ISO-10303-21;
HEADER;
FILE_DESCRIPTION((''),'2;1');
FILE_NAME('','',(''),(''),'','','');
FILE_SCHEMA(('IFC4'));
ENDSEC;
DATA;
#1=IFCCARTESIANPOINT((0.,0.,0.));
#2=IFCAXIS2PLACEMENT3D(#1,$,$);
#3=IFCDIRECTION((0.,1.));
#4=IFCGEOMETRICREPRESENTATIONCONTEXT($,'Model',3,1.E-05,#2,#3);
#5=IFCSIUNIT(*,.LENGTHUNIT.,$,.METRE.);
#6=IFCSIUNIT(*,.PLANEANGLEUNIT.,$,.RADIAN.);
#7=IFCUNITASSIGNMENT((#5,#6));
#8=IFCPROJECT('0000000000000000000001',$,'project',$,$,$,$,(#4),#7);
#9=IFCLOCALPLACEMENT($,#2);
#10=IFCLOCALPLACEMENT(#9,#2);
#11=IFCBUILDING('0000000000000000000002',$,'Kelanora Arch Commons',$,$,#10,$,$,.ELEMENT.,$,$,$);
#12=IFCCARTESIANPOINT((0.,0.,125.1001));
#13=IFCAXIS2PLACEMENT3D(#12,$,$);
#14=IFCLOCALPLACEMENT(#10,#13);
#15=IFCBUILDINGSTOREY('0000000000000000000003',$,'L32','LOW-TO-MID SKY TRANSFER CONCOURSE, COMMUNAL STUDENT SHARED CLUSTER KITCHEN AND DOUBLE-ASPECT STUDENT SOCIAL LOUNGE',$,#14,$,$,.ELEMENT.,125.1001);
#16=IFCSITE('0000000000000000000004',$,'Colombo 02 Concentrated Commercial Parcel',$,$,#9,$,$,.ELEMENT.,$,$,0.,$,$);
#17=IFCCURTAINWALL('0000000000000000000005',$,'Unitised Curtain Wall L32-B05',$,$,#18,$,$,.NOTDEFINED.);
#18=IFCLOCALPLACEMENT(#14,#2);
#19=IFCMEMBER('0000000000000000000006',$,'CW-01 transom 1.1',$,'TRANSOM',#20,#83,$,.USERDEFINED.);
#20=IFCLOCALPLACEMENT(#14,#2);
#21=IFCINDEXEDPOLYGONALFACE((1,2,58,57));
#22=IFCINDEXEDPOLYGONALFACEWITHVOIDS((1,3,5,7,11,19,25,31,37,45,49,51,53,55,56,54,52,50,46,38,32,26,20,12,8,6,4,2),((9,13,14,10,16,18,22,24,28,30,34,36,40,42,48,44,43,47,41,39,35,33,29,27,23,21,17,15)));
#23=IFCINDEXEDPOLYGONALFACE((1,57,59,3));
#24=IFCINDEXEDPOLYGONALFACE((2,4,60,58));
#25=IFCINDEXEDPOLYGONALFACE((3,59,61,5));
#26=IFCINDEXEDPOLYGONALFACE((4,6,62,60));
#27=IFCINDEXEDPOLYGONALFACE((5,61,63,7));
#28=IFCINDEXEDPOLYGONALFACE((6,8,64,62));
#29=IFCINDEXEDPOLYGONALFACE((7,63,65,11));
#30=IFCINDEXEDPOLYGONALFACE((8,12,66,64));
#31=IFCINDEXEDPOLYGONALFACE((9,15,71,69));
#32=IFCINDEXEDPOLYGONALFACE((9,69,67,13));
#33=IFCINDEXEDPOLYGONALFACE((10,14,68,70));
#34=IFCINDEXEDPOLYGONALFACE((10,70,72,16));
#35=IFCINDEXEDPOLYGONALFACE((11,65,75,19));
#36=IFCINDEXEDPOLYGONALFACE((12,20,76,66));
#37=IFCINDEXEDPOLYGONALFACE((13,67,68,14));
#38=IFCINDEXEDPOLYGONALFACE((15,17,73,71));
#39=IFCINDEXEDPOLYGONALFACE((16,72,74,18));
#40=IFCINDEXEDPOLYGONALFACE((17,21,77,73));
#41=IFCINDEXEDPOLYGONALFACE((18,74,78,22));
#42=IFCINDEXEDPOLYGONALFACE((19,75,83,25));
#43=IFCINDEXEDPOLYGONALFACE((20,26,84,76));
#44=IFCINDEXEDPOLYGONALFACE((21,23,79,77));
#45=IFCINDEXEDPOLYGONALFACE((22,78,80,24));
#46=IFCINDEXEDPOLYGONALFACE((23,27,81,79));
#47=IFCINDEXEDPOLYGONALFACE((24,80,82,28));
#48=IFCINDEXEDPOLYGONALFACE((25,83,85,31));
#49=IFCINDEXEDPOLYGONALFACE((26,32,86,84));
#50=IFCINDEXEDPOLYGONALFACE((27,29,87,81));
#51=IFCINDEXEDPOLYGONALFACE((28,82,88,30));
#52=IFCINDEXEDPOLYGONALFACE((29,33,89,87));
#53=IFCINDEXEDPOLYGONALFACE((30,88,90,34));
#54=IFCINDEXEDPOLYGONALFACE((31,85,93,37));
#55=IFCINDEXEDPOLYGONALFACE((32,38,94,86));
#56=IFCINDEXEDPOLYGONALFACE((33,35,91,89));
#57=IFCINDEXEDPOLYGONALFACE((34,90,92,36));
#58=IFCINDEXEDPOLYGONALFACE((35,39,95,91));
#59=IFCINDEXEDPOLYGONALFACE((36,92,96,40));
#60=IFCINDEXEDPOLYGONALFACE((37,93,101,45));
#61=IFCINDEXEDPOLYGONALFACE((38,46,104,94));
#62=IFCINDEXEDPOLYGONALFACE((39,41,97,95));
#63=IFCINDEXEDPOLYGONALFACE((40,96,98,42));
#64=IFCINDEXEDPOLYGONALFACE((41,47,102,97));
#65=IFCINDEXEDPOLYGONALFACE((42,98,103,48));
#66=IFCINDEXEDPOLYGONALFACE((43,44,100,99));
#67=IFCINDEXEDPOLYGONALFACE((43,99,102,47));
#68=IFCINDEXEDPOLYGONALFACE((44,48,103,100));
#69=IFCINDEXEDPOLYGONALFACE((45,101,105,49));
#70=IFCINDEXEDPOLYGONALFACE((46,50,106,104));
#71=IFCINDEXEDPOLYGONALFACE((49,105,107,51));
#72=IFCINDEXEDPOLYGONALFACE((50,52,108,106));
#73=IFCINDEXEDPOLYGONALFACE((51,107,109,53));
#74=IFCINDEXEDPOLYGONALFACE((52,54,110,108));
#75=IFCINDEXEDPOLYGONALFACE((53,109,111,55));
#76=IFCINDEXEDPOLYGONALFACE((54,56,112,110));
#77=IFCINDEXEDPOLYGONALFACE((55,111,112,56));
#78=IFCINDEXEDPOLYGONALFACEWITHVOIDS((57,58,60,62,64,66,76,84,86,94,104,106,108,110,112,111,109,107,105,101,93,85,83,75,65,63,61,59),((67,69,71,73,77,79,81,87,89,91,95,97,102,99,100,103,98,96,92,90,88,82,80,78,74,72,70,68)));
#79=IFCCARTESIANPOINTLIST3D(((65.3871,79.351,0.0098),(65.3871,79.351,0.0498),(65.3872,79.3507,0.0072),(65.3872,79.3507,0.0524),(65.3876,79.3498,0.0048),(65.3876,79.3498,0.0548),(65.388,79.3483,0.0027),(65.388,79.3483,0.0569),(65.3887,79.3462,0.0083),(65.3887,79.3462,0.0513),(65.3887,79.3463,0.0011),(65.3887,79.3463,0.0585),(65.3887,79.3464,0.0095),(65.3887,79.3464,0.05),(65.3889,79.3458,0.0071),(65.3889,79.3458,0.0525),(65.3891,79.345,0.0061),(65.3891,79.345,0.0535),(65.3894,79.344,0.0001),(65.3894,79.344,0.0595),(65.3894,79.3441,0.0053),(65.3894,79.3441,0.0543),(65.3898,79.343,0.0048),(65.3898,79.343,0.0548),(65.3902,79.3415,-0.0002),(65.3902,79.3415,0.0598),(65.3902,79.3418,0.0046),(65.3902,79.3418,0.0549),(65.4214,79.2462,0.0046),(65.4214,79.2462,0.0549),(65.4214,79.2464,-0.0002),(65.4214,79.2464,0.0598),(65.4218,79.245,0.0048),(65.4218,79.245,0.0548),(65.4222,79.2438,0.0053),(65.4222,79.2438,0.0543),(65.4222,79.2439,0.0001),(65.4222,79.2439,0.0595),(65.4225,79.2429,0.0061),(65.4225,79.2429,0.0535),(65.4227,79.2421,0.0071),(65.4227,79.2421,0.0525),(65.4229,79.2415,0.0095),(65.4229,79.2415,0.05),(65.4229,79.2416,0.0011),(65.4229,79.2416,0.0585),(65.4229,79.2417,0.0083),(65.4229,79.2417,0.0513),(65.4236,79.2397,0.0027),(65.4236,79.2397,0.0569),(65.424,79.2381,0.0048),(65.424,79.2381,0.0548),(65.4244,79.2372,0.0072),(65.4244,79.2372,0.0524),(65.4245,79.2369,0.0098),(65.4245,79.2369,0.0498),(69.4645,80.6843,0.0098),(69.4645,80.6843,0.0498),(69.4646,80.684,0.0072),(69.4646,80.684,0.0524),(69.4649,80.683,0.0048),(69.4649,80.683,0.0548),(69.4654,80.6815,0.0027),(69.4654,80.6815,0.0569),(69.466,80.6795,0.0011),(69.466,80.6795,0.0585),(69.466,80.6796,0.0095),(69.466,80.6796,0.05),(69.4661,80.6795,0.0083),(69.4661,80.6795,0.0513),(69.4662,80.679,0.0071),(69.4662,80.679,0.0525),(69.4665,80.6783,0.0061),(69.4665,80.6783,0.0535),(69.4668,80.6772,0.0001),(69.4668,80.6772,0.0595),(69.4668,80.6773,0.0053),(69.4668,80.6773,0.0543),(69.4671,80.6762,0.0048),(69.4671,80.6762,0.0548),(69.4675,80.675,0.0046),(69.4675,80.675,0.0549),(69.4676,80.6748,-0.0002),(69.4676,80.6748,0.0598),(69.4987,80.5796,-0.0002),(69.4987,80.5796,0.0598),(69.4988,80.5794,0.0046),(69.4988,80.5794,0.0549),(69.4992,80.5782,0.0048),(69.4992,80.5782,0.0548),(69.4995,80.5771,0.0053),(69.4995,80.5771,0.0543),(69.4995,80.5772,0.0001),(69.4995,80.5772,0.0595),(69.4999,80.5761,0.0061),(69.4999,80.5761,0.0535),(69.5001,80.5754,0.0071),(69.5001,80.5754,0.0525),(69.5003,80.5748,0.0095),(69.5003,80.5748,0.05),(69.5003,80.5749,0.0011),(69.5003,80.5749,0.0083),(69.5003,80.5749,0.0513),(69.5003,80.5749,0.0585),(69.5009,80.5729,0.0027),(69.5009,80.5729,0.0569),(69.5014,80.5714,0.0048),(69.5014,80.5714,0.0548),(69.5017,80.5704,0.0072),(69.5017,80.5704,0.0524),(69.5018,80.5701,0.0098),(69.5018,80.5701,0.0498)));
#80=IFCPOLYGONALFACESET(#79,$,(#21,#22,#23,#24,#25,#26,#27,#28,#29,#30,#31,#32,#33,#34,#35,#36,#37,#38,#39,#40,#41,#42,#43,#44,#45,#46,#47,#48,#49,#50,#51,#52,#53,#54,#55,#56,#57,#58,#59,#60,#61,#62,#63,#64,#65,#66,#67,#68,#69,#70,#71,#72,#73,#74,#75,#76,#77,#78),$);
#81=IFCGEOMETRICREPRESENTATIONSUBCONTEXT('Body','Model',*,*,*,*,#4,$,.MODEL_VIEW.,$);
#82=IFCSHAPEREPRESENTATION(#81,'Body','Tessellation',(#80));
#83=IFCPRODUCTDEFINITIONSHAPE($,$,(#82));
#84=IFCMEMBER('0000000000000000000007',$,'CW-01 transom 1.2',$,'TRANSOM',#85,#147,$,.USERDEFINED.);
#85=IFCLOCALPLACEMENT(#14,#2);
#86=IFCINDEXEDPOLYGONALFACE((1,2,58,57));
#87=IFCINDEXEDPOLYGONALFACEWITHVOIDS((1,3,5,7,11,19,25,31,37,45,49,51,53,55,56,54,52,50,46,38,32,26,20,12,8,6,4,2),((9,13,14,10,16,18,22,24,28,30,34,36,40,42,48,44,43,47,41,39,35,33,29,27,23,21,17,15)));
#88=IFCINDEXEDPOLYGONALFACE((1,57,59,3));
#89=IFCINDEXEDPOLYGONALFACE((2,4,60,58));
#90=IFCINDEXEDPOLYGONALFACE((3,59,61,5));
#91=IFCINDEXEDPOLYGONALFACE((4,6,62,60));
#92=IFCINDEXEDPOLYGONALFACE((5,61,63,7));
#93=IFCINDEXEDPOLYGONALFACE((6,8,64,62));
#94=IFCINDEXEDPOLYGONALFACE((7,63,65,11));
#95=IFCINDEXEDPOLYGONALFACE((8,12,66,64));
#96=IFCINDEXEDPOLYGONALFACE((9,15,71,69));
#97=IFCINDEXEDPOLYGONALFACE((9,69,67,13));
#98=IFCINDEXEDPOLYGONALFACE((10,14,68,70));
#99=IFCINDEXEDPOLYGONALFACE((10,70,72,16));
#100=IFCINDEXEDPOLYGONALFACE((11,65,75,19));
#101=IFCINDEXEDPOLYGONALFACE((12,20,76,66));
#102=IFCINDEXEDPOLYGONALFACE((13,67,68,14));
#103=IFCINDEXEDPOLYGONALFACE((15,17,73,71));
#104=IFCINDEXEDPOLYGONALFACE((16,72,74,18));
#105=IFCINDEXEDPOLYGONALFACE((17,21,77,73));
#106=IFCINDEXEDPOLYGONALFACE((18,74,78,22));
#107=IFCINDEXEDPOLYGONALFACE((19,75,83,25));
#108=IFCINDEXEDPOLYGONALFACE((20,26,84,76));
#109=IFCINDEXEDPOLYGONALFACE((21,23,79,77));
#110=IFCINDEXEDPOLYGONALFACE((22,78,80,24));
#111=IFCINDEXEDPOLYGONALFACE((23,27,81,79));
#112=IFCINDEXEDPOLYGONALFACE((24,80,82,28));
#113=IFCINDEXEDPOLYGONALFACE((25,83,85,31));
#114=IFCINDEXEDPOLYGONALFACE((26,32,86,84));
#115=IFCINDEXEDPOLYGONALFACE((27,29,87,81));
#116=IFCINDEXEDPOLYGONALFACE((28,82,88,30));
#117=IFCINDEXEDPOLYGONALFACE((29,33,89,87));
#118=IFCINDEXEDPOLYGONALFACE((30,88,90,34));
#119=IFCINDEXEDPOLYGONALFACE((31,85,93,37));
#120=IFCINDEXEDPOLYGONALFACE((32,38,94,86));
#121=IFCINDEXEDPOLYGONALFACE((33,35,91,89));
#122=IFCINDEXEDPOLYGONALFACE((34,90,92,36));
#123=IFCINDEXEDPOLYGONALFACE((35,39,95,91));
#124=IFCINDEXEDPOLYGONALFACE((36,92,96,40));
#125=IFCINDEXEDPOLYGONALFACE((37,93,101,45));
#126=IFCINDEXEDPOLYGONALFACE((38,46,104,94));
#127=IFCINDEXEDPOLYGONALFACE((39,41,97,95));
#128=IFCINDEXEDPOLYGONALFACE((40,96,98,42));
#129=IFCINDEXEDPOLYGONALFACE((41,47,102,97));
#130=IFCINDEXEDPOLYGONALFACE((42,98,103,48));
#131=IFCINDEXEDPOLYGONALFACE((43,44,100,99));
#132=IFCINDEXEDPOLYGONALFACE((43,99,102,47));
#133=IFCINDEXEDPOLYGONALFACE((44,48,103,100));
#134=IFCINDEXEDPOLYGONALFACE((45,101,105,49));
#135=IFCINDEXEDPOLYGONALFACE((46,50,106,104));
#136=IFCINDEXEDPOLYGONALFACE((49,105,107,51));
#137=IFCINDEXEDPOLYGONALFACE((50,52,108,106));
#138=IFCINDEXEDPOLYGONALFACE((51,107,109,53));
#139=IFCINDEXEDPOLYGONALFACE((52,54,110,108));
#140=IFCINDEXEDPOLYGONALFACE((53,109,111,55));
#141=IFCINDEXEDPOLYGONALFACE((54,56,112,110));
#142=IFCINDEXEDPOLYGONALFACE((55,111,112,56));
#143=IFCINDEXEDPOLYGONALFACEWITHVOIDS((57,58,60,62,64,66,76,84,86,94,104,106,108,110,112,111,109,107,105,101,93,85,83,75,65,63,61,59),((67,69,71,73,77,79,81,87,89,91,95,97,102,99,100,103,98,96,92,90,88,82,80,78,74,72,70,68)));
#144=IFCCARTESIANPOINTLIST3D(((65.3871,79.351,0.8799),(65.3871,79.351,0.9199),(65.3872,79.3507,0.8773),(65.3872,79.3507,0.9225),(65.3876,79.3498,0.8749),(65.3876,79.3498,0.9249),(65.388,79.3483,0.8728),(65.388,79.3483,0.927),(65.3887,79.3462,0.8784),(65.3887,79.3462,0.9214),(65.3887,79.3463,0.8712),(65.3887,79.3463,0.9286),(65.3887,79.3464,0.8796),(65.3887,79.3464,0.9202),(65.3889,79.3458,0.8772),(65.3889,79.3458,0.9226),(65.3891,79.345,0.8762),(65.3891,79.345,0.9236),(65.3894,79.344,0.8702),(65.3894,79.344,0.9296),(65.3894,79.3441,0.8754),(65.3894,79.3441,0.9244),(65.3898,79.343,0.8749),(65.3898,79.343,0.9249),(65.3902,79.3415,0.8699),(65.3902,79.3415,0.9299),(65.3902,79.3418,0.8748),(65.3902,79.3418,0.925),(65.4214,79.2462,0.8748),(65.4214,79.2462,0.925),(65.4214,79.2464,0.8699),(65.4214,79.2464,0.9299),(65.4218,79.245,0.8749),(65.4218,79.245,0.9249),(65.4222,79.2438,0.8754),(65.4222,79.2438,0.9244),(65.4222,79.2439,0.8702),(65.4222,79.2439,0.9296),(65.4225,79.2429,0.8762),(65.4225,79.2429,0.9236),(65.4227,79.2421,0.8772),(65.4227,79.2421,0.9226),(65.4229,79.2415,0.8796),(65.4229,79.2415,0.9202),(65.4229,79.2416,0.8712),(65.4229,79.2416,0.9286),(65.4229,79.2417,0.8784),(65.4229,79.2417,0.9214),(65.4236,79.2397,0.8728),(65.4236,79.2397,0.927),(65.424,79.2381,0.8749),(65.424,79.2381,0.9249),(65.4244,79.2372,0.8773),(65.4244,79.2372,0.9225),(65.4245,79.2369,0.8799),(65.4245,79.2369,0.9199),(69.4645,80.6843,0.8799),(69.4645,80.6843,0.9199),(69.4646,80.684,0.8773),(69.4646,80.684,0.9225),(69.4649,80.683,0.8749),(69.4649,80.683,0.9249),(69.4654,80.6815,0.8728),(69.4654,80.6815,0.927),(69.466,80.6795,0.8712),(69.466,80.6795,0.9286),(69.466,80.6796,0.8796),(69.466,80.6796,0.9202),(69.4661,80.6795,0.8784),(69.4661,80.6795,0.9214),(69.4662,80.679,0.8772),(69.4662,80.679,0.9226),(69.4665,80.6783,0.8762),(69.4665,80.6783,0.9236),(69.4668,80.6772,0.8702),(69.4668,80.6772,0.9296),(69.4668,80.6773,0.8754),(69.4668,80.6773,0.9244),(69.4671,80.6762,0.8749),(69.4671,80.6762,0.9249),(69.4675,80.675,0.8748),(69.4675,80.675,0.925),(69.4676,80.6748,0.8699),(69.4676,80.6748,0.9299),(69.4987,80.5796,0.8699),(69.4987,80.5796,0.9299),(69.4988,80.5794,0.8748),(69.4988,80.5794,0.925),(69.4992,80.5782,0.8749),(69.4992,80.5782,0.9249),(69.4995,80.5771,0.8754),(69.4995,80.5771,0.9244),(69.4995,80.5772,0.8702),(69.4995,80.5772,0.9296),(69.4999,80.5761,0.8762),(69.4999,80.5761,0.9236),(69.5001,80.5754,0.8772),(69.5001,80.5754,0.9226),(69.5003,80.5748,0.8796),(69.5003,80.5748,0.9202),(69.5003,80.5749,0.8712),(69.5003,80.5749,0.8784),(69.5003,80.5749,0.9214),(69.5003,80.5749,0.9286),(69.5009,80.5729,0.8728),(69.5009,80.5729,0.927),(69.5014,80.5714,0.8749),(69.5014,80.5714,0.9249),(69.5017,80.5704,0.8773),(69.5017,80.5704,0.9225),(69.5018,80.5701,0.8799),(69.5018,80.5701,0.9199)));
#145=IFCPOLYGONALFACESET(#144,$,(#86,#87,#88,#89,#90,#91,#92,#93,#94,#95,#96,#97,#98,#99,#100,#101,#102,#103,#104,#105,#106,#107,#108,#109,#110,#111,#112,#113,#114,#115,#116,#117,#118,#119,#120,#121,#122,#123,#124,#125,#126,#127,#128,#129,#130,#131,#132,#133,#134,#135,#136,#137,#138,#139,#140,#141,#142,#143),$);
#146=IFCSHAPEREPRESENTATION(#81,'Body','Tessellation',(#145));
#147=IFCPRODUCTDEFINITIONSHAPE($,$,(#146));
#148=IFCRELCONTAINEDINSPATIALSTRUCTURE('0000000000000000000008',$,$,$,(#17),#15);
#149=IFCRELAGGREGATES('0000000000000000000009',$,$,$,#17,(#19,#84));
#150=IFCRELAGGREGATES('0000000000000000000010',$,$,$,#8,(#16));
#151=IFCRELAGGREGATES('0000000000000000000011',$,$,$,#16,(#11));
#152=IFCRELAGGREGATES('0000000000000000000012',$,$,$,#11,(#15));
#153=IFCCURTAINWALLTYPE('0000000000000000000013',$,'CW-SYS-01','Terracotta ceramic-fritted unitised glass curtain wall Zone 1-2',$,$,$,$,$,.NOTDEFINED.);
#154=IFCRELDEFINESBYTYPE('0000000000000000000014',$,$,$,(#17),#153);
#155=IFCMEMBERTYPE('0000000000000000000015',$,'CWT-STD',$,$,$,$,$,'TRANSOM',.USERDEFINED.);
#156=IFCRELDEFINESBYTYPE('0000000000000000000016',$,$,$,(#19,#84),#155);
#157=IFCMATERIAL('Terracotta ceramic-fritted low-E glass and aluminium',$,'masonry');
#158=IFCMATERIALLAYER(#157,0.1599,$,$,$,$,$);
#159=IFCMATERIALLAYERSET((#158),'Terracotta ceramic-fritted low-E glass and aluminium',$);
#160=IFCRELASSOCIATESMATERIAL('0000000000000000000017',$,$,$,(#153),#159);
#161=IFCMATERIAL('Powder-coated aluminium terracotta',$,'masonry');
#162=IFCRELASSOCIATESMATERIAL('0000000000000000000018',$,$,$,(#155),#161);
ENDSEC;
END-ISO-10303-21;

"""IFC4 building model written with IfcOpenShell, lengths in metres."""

from ifc_helpers import new_model, si_unit, direction, frame, origin, origin_2d, place, context, subcontext, project, spatial, hollow_rectangle, extrude, material, layer, layer_set, material_profile, profile_set, type_object, element, aggregate, save


model = new_model("IFC4")

# Units and contexts
model_context = context("Model", 3, precision=1e-05, world=origin(), true_north=direction((0.0, 1.0)))
body_context = subcontext(model_context, "Body", "Model", "MODEL_VIEW")
ifc_project = project(units=[si_unit("LENGTHUNIT", "METRE"), si_unit("PLANEANGLEUNIT", "RADIAN")], contexts=[model_context])

# Site, building, storey
site_placement = place(None, origin())
site = spatial("IfcSite", under=ifc_project, at=site_placement, Name="Colombo 02 Concentrated Commercial Parcel", CompositionType="ELEMENT", RefElevation=0.0)
building_placement = place(site_placement, origin())
building = spatial("IfcBuilding", under=site, at=building_placement, Name="Kelanora Arch Commons", CompositionType="ELEMENT")
storey_placement = place(building_placement, frame((0.0, 0.0, 125.1001)))
storey = spatial("IfcBuildingStorey", under=building, at=storey_placement, Name="L32", Description="LOW-TO-MID SKY TRANSFER CONCOURSE, COMMUNAL STUDENT SHARED CLUSTER KITCHEN AND DOUBLE-ASPECT STUDENT SOCIAL LOUNGE", CompositionType="ELEMENT", Elevation=125.1001)

# Curtain wall, members
ifc_material_1 = material(Name="Terracotta ceramic-fritted low-E glass and aluminium", Category="masonry")
ifc_layer_1 = layer(ifc_material_1, 0.1599)
ifc_layer_set_1 = layer_set([ifc_layer_1], Name="Terracotta ceramic-fritted low-E glass and aluminium")
curtain_wall_type = type_object("IfcCurtainWallType", Name="CW-SYS-01", Description="Terracotta ceramic-fritted unitised glass curtain wall Zone 1-2", PredefinedType="NOTDEFINED", material=ifc_layer_set_1)
curtain_wall_placement = place(storey_placement, origin())
curtain_wall = element("IfcCurtainWall", 1, at=curtain_wall_placement, inside=storey, type_object=curtain_wall_type, Name="Unitised Curtain Wall L32-B05", PredefinedType="NOTDEFINED")
ifc_material_2 = material(Name="Powder-coated aluminium terracotta", Category="masonry")
ifc_material_profile_1 = material_profile(ifc_material_2, hollow_rectangle(XDim=0.1201, YDim=0.0601, WallThickness=0.0049, InnerFilletRadius=0.0049, OuterFilletRadius=0.01, at=origin_2d()), Name="CWT120x60")
ifc_profile_set_1 = profile_set([ifc_material_profile_1], Name="Powder-coated aluminium terracotta")
member_type_1 = type_object("IfcMemberType", Name="CWT-STD", ElementType="TRANSOM", PredefinedType="USERDEFINED", material=ifc_profile_set_1)
member_1_placement = place(storey_placement, frame((69.4832, 80.6272, 0.0298), z_axis=(-0.950478, -0.310793, 0.0), x_axis=(0.310793, -0.950478, 0.0)))
member_1 = element("IfcMember", 2, at=member_1_placement, type_object=member_type_1, Name="CW-01 transom 1.1", ObjectType="TRANSOM", PredefinedType="USERDEFINED", context=body_context, shape_type="SweptSolid", body=[
    extrude(hollow_rectangle(XDim=0.1201, YDim=0.0601, WallThickness=0.0049, InnerFilletRadius=0.0049, OuterFilletRadius=0.01, at=origin_2d()), origin(), (0.0, 0.0, 1.0), 4.2898),
])
member_2_placement = place(storey_placement, frame((69.4832, 80.6272, 0.8999), z_axis=(-0.950478, -0.310793, 0.0), x_axis=(0.310793, -0.950478, 0.0)))
member_2 = element("IfcMember", 3, at=member_2_placement, type_object=member_type_1, Name="CW-01 transom 1.2", ObjectType="TRANSOM", PredefinedType="USERDEFINED", context=body_context, shape_type="SweptSolid", body=[
    extrude(hollow_rectangle(XDim=0.1201, YDim=0.0601, WallThickness=0.0049, InnerFilletRadius=0.0049, OuterFilletRadius=0.01, at=origin_2d()), origin(), (0.0, 0.0, 1.0), 4.2898),
])
aggregate(curtain_wall, [member_1, member_2])

save(model, "model.ifc")
